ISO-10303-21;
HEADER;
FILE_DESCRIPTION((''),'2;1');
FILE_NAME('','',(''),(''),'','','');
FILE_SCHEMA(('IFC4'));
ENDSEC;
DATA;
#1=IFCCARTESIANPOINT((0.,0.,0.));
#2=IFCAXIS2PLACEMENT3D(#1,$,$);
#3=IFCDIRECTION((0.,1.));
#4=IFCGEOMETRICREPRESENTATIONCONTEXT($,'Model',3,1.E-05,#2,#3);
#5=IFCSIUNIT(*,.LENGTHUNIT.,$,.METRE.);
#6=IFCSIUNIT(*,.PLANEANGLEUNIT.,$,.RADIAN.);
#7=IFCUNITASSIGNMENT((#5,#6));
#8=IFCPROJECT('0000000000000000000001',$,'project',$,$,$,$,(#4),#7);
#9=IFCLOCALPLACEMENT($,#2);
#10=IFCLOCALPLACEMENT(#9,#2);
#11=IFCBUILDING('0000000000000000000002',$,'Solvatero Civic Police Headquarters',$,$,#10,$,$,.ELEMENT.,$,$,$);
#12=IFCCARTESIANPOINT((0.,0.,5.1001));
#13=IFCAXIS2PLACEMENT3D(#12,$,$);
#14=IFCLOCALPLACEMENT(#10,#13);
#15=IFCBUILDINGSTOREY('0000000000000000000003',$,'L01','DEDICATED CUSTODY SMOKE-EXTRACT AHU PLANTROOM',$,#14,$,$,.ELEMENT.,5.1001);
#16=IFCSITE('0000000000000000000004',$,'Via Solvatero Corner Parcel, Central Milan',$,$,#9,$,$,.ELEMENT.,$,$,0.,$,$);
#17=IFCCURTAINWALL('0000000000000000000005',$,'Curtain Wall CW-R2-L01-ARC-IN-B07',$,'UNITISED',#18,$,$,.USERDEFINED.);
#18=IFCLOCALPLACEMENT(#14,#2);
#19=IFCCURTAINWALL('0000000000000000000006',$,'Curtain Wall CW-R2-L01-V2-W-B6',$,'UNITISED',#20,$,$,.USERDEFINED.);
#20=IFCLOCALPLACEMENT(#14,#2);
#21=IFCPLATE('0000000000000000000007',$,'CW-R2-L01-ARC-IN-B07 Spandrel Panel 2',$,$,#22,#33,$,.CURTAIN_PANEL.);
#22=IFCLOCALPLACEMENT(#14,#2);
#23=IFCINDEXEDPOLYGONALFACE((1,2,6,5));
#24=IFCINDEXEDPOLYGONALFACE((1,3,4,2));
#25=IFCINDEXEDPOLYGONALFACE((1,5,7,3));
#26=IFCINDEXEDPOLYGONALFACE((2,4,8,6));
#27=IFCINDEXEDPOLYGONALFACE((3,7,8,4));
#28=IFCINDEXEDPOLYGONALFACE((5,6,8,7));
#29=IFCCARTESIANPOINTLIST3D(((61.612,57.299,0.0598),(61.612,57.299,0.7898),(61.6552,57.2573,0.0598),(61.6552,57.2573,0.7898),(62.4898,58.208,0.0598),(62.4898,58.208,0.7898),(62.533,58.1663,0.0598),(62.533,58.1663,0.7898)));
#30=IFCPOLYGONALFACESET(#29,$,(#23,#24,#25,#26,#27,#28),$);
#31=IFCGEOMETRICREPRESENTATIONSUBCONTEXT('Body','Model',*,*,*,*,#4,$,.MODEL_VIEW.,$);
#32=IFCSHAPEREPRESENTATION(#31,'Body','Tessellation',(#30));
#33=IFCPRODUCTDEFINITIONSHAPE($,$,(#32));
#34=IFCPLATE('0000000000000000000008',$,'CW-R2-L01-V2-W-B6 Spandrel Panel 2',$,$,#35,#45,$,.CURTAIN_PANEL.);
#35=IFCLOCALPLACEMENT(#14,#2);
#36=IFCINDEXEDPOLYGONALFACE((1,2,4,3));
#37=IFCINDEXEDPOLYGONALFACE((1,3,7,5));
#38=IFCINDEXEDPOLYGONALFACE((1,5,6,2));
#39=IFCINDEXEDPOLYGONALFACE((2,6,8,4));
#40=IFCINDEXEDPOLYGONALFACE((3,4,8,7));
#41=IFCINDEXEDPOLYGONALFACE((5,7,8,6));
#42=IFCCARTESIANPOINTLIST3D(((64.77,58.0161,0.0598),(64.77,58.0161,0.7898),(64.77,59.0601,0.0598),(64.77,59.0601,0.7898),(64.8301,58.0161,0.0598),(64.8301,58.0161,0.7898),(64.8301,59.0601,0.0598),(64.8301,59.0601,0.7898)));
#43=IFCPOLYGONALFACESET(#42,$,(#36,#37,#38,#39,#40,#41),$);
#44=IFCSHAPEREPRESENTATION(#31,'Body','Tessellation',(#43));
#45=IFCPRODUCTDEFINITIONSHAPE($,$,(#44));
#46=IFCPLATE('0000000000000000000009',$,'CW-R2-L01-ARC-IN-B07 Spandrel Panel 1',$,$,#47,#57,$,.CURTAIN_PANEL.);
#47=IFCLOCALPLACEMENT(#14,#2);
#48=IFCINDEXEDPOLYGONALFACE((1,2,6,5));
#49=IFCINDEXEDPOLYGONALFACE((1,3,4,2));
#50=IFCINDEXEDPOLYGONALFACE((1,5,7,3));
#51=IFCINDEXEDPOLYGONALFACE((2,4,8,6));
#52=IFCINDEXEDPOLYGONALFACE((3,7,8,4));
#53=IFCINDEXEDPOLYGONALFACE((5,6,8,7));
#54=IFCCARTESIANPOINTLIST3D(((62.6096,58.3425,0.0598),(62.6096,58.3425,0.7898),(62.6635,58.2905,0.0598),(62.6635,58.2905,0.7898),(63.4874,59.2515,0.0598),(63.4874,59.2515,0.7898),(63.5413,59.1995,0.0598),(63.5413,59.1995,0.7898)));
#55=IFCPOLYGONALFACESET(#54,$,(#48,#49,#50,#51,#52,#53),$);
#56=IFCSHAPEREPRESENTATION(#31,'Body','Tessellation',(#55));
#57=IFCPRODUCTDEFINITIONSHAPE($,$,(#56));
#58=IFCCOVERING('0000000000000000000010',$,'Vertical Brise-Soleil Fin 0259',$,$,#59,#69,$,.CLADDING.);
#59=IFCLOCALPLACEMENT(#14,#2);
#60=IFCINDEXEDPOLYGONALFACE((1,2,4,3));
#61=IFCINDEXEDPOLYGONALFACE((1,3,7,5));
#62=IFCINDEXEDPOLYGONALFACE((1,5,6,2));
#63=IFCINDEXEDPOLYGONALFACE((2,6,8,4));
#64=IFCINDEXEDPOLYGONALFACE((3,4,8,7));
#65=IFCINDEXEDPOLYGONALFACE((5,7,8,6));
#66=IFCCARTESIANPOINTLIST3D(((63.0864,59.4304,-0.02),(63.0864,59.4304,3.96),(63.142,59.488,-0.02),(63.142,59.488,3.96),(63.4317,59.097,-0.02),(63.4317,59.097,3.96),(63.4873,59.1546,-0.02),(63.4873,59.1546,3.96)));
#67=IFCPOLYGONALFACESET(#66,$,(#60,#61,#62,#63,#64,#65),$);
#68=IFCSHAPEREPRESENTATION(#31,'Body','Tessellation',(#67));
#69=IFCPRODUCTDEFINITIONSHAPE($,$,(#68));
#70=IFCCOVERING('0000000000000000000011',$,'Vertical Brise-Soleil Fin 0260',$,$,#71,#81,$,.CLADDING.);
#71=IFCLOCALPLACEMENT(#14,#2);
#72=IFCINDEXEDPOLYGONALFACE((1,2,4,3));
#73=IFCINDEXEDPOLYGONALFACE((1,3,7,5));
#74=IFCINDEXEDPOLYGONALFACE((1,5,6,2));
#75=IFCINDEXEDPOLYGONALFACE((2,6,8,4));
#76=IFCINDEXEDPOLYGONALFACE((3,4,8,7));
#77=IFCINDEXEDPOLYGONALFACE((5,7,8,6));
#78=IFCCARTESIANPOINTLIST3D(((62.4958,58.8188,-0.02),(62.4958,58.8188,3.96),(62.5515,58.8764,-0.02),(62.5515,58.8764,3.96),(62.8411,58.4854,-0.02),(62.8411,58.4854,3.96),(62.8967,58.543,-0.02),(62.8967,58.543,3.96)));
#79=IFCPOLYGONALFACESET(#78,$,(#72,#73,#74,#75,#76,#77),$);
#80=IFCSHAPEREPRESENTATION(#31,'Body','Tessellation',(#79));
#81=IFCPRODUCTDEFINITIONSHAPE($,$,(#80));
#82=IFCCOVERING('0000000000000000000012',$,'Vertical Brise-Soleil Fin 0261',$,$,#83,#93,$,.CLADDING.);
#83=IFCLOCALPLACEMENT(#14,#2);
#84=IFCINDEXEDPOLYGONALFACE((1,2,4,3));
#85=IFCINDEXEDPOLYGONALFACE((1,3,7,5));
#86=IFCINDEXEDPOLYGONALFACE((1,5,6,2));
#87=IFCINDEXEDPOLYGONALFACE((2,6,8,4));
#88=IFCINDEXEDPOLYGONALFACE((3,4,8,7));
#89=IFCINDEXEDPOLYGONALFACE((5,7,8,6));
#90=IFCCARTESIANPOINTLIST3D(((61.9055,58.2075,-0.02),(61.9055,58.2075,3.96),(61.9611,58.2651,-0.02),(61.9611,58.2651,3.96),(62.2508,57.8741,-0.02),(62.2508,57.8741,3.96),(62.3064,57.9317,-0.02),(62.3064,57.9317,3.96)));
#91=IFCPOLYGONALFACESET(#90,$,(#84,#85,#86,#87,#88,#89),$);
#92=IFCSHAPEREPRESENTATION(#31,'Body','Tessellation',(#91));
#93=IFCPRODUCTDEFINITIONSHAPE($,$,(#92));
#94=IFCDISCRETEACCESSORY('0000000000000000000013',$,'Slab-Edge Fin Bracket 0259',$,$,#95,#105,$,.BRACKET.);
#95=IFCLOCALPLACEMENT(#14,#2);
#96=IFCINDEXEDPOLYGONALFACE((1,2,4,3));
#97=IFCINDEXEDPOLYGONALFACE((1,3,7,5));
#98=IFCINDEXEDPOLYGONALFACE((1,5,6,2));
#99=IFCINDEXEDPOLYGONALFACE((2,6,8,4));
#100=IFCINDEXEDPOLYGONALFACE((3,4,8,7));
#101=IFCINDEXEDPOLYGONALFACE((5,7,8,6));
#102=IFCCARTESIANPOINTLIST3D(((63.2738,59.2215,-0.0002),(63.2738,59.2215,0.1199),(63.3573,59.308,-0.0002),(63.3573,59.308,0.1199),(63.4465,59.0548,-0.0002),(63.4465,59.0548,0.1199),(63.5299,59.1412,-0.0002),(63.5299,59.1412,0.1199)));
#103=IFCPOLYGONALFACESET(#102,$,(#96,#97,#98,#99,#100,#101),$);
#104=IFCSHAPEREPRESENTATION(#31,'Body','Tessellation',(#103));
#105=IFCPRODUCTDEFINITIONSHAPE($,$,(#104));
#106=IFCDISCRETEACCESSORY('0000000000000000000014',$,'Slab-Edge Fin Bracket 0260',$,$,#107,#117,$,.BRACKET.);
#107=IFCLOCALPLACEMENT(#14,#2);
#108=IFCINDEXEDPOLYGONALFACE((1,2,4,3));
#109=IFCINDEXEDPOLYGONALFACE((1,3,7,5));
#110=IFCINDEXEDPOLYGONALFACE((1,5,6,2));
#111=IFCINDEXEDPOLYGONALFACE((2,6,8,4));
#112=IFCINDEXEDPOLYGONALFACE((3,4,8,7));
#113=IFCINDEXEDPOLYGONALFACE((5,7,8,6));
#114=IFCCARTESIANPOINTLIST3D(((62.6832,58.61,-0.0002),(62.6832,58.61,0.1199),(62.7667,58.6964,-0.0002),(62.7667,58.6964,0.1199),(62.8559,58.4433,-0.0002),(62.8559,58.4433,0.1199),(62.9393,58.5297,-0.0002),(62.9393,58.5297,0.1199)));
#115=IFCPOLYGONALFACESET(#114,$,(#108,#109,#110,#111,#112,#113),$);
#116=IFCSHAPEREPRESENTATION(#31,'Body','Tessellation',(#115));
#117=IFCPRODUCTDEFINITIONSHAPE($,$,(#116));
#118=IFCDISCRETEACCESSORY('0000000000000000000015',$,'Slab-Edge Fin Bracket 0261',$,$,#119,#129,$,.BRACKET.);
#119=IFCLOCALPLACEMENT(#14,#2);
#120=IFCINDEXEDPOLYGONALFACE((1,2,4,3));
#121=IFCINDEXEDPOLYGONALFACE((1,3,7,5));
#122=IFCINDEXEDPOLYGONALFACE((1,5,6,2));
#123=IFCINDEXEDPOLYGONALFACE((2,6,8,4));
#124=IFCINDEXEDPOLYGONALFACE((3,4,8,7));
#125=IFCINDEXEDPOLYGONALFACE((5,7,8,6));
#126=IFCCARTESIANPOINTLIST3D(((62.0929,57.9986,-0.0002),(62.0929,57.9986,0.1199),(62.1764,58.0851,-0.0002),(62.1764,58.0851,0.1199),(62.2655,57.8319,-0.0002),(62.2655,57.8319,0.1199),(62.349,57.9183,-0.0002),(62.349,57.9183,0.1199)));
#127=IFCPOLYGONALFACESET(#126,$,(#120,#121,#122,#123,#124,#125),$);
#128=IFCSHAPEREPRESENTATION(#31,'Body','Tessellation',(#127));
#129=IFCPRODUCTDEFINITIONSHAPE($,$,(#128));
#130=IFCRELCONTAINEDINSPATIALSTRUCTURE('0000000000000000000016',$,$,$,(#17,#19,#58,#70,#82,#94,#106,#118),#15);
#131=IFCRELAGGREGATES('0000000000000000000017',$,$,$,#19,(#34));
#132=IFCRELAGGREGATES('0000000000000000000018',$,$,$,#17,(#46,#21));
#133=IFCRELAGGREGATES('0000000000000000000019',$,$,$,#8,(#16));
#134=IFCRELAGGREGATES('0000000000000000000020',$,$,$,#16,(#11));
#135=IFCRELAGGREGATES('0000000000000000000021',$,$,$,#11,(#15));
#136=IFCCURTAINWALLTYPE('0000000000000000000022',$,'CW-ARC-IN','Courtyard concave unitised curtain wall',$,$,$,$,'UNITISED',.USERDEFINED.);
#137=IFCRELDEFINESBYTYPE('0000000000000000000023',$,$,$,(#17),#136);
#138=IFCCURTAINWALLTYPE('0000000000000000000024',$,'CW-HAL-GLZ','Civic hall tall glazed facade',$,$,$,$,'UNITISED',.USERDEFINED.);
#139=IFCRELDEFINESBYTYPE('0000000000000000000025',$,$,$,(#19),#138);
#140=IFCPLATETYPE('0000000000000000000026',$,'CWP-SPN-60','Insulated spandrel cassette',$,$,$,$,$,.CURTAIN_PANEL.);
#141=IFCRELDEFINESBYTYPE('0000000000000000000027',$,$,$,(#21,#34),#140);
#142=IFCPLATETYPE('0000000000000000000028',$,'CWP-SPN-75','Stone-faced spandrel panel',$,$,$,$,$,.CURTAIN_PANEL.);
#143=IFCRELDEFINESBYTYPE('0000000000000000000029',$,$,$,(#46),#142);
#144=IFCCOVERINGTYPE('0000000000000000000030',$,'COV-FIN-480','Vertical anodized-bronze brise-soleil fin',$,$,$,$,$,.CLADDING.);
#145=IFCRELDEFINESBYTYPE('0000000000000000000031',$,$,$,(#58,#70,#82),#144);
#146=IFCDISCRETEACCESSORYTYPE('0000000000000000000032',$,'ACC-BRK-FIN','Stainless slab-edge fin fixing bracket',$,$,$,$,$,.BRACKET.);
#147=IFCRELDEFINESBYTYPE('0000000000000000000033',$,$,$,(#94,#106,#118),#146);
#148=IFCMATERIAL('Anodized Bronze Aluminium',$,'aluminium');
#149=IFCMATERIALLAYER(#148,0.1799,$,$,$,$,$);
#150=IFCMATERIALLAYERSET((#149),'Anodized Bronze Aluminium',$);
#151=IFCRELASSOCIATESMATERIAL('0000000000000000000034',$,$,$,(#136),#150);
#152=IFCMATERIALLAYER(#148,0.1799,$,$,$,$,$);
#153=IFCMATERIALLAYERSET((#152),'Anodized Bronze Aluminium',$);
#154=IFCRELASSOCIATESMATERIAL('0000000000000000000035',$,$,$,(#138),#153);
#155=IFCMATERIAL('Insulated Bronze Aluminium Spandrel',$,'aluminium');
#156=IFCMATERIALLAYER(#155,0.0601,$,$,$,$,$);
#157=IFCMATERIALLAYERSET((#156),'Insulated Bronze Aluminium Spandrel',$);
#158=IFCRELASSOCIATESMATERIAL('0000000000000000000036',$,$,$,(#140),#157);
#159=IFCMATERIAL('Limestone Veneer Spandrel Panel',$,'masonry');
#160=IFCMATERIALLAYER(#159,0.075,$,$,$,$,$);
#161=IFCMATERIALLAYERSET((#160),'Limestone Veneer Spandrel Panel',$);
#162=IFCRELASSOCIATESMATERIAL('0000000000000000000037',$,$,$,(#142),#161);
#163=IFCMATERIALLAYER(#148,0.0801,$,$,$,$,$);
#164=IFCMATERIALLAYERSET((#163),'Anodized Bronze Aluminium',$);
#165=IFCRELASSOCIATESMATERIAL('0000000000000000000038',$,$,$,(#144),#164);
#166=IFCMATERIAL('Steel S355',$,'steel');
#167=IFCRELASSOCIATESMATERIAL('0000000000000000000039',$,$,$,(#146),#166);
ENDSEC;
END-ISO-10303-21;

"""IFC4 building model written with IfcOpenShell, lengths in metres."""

from ifc_helpers import new_model, si_unit, direction, frame, origin, origin_2d, place, context, subcontext, project, spatial, rectangle, extrude, material, layer, layer_set, type_object, element, aggregate, save


model = new_model("IFC4")

# Units and contexts
model_context = context("Model", 3, precision=1e-05, world=origin(), true_north=direction((0.0, 1.0)))
body_context = subcontext(model_context, "Body", "Model", "MODEL_VIEW")
ifc_project = project(units=[si_unit("LENGTHUNIT", "METRE"), si_unit("PLANEANGLEUNIT", "RADIAN")], contexts=[model_context])

# Site, building, storey
site_placement = place(None, origin())
site = spatial("IfcSite", under=ifc_project, at=site_placement, Name="Via Solvatero Corner Parcel, Central Milan", CompositionType="ELEMENT", RefElevation=0.0)
building_placement = place(site_placement, origin())
building = spatial("IfcBuilding", under=site, at=building_placement, Name="Solvatero Civic Police Headquarters", CompositionType="ELEMENT")
storey_placement = place(building_placement, frame((0.0, 0.0, 5.1001)))
storey = spatial("IfcBuildingStorey", under=building, at=storey_placement, Name="L01", Description="DEDICATED CUSTODY SMOKE-EXTRACT AHU PLANTROOM", CompositionType="ELEMENT", Elevation=5.1001)

# Shared definitions
ifc_material_1 = material(Name="Steel S355", Category="steel")

# Curtain walls
ifc_material_2 = material(Name="Anodized Bronze Aluminium", Category="aluminium")
ifc_layer_1 = layer(ifc_material_2, 0.1799)
ifc_layer_set_1 = layer_set([ifc_layer_1], Name="Anodized Bronze Aluminium")
curtain_wall_type_1 = type_object("IfcCurtainWallType", Name="CW-ARC-IN", Description="Courtyard concave unitised curtain wall", ElementType="UNITISED", PredefinedType="USERDEFINED", material=ifc_layer_set_1)
curtain_wall_1_placement = place(storey_placement, origin())
curtain_wall_1 = element("IfcCurtainWall", 1, at=curtain_wall_1_placement, inside=storey, type_object=curtain_wall_type_1, Name="Curtain Wall CW-R2-L01-ARC-IN-B07", ObjectType="UNITISED", PredefinedType="USERDEFINED")
ifc_layer_2 = layer(ifc_material_2, 0.1799)
ifc_layer_set_2 = layer_set([ifc_layer_2], Name="Anodized Bronze Aluminium")
curtain_wall_type_2 = type_object("IfcCurtainWallType", Name="CW-HAL-GLZ", Description="Civic hall tall glazed facade", ElementType="UNITISED", PredefinedType="USERDEFINED", material=ifc_layer_set_2)
curtain_wall_2_placement = place(storey_placement, origin())
curtain_wall_2 = element("IfcCurtainWall", 2, at=curtain_wall_2_placement, inside=storey, type_object=curtain_wall_type_2, Name="Curtain Wall CW-R2-L01-V2-W-B6", ObjectType="UNITISED", PredefinedType="USERDEFINED")

# Plates
ifc_material_3 = material(Name="Insulated Bronze Aluminium Spandrel", Category="aluminium")
ifc_layer_3 = layer(ifc_material_3, 0.0601)
ifc_layer_set_3 = layer_set([ifc_layer_3], Name="Insulated Bronze Aluminium Spandrel")
plate_type_1 = type_object("IfcPlateType", Name="CWP-SPN-60", Description="Insulated spandrel cassette", PredefinedType="CURTAIN_PANEL", material=ifc_layer_set_3)
plate_1_placement = place(storey_placement, frame((62.0725, 57.7327, 0.0598), z_axis=(0.0, 0.0, 1.0), x_axis=(-0.694658, -0.71934, 0.0)))
plate_1 = element("IfcPlate", 3, at=plate_1_placement, type_object=plate_type_1, Name="CW-R2-L01-ARC-IN-B07 Spandrel Panel 2", PredefinedType="CURTAIN_PANEL", context=body_context, shape_type="SweptSolid", body=[
    extrude(rectangle(XDim=1.2637, YDim=0.0601, at=origin_2d()), origin(), (0.0, 0.0, 1.0), 0.73),
])
plate_2_placement = place(storey_placement, frame((64.8, 58.5381, 0.0598), z_axis=(0.0, 0.0, 1.0), x_axis=(0.0, 1.0, 0.0)))
plate_2 = element("IfcPlate", 4, at=plate_2_placement, type_object=plate_type_1, Name="CW-R2-L01-V2-W-B6 Spandrel Panel 2", PredefinedType="CURTAIN_PANEL", context=body_context, shape_type="SweptSolid", body=[
    extrude(rectangle(XDim=1.0439, YDim=0.0601, at=origin_2d()), origin(), (0.0, 0.0, 1.0), 0.73),
])
aggregate(curtain_wall_2, [plate_2])
ifc_material_4 = material(Name="Limestone Veneer Spandrel Panel", Category="masonry")
ifc_layer_4 = layer(ifc_material_4, 0.075)
ifc_layer_set_4 = layer_set([ifc_layer_4], Name="Limestone Veneer Spandrel Panel")
plate_type_2 = type_object("IfcPlateType", Name="CWP-SPN-75", Description="Stone-faced spandrel panel", PredefinedType="CURTAIN_PANEL", material=ifc_layer_set_4)
plate_3_placement = place(storey_placement, frame((63.0754, 58.771, 0.0598), z_axis=(0.0, 0.0, 1.0), x_axis=(-0.694658, -0.71934, 0.0)))
plate_3 = element("IfcPlate", 5, at=plate_3_placement, type_object=plate_type_2, Name="CW-R2-L01-ARC-IN-B07 Spandrel Panel 1", PredefinedType="CURTAIN_PANEL", context=body_context, shape_type="SweptSolid", body=[
    extrude(rectangle(XDim=1.2637, YDim=0.075, at=origin_2d()), origin(), (0.0, 0.0, 1.0), 0.73),
])
aggregate(curtain_wall_1, [plate_3, plate_1])

# Coverings
ifc_layer_5 = layer(ifc_material_2, 0.0801)
ifc_layer_set_5 = layer_set([ifc_layer_5], Name="Anodized Bronze Aluminium")
covering_type = type_object("IfcCoveringType", Name="COV-FIN-480", Description="Vertical anodized-bronze brise-soleil fin", PredefinedType="CLADDING", material=ifc_layer_set_5)
for number, where, z_axis, x_axis, name in (
    (6, (63.2869, 59.2925, -0.02), (0.0, 0.0, 1.0), (-0.694658, -0.71934, 0.0), "Vertical Brise-Soleil Fin 0259"),
    (7, (62.6963, 58.6809, -0.02), (0.0, 0.0, 1.0), (-0.694658, -0.71934, 0.0), "Vertical Brise-Soleil Fin 0260"),
    (8, (62.106, 58.0696, -0.02), (0.0, 0.0, 1.0), (-0.694658, -0.71934, 0.0), "Vertical Brise-Soleil Fin 0261"),
):
    element("IfcCovering", number, at=place(storey_placement, frame(where, z_axis=z_axis, x_axis=x_axis)), inside=storey, type_object=covering_type, Name=name, PredefinedType="CLADDING", context=body_context, shape_type="SweptSolid", body=[
        extrude(rectangle(XDim=0.0801, YDim=0.48, at=origin_2d()), origin(), (0.0, 0.0, 1.0), 3.98),
    ])

# Discrete accessories
discrete_accessory_type = type_object("IfcDiscreteAccessoryType", Name="ACC-BRK-FIN", Description="Stainless slab-edge fin fixing bracket", PredefinedType="BRACKET", material=ifc_material_1)
for number, where, z_axis, x_axis, name in (
    (9, (63.4019, 59.1814, -0.0002), (0.0, 0.0, 1.0), (-0.694658, -0.71934, 0.0), "Slab-Edge Fin Bracket 0259"),
    (10, (62.8113, 58.5698, -0.0002), (0.0, 0.0, 1.0), (-0.694658, -0.71934, 0.0), "Slab-Edge Fin Bracket 0260"),
    (11, (62.2209, 57.9585, -0.0002), (0.0, 0.0, 1.0), (-0.694658, -0.71934, 0.0), "Slab-Edge Fin Bracket 0261"),
):
    element("IfcDiscreteAccessory", number, at=place(storey_placement, frame(where, z_axis=z_axis, x_axis=x_axis)), inside=storey, type_object=discrete_accessory_type, Name=name, PredefinedType="BRACKET", context=body_context, shape_type="SweptSolid", body=[
        extrude(rectangle(XDim=0.1201, YDim=0.24, at=origin_2d()), origin(), (0.0, 0.0, 1.0), 0.1201),
    ])

save(model, "model.ifc")
